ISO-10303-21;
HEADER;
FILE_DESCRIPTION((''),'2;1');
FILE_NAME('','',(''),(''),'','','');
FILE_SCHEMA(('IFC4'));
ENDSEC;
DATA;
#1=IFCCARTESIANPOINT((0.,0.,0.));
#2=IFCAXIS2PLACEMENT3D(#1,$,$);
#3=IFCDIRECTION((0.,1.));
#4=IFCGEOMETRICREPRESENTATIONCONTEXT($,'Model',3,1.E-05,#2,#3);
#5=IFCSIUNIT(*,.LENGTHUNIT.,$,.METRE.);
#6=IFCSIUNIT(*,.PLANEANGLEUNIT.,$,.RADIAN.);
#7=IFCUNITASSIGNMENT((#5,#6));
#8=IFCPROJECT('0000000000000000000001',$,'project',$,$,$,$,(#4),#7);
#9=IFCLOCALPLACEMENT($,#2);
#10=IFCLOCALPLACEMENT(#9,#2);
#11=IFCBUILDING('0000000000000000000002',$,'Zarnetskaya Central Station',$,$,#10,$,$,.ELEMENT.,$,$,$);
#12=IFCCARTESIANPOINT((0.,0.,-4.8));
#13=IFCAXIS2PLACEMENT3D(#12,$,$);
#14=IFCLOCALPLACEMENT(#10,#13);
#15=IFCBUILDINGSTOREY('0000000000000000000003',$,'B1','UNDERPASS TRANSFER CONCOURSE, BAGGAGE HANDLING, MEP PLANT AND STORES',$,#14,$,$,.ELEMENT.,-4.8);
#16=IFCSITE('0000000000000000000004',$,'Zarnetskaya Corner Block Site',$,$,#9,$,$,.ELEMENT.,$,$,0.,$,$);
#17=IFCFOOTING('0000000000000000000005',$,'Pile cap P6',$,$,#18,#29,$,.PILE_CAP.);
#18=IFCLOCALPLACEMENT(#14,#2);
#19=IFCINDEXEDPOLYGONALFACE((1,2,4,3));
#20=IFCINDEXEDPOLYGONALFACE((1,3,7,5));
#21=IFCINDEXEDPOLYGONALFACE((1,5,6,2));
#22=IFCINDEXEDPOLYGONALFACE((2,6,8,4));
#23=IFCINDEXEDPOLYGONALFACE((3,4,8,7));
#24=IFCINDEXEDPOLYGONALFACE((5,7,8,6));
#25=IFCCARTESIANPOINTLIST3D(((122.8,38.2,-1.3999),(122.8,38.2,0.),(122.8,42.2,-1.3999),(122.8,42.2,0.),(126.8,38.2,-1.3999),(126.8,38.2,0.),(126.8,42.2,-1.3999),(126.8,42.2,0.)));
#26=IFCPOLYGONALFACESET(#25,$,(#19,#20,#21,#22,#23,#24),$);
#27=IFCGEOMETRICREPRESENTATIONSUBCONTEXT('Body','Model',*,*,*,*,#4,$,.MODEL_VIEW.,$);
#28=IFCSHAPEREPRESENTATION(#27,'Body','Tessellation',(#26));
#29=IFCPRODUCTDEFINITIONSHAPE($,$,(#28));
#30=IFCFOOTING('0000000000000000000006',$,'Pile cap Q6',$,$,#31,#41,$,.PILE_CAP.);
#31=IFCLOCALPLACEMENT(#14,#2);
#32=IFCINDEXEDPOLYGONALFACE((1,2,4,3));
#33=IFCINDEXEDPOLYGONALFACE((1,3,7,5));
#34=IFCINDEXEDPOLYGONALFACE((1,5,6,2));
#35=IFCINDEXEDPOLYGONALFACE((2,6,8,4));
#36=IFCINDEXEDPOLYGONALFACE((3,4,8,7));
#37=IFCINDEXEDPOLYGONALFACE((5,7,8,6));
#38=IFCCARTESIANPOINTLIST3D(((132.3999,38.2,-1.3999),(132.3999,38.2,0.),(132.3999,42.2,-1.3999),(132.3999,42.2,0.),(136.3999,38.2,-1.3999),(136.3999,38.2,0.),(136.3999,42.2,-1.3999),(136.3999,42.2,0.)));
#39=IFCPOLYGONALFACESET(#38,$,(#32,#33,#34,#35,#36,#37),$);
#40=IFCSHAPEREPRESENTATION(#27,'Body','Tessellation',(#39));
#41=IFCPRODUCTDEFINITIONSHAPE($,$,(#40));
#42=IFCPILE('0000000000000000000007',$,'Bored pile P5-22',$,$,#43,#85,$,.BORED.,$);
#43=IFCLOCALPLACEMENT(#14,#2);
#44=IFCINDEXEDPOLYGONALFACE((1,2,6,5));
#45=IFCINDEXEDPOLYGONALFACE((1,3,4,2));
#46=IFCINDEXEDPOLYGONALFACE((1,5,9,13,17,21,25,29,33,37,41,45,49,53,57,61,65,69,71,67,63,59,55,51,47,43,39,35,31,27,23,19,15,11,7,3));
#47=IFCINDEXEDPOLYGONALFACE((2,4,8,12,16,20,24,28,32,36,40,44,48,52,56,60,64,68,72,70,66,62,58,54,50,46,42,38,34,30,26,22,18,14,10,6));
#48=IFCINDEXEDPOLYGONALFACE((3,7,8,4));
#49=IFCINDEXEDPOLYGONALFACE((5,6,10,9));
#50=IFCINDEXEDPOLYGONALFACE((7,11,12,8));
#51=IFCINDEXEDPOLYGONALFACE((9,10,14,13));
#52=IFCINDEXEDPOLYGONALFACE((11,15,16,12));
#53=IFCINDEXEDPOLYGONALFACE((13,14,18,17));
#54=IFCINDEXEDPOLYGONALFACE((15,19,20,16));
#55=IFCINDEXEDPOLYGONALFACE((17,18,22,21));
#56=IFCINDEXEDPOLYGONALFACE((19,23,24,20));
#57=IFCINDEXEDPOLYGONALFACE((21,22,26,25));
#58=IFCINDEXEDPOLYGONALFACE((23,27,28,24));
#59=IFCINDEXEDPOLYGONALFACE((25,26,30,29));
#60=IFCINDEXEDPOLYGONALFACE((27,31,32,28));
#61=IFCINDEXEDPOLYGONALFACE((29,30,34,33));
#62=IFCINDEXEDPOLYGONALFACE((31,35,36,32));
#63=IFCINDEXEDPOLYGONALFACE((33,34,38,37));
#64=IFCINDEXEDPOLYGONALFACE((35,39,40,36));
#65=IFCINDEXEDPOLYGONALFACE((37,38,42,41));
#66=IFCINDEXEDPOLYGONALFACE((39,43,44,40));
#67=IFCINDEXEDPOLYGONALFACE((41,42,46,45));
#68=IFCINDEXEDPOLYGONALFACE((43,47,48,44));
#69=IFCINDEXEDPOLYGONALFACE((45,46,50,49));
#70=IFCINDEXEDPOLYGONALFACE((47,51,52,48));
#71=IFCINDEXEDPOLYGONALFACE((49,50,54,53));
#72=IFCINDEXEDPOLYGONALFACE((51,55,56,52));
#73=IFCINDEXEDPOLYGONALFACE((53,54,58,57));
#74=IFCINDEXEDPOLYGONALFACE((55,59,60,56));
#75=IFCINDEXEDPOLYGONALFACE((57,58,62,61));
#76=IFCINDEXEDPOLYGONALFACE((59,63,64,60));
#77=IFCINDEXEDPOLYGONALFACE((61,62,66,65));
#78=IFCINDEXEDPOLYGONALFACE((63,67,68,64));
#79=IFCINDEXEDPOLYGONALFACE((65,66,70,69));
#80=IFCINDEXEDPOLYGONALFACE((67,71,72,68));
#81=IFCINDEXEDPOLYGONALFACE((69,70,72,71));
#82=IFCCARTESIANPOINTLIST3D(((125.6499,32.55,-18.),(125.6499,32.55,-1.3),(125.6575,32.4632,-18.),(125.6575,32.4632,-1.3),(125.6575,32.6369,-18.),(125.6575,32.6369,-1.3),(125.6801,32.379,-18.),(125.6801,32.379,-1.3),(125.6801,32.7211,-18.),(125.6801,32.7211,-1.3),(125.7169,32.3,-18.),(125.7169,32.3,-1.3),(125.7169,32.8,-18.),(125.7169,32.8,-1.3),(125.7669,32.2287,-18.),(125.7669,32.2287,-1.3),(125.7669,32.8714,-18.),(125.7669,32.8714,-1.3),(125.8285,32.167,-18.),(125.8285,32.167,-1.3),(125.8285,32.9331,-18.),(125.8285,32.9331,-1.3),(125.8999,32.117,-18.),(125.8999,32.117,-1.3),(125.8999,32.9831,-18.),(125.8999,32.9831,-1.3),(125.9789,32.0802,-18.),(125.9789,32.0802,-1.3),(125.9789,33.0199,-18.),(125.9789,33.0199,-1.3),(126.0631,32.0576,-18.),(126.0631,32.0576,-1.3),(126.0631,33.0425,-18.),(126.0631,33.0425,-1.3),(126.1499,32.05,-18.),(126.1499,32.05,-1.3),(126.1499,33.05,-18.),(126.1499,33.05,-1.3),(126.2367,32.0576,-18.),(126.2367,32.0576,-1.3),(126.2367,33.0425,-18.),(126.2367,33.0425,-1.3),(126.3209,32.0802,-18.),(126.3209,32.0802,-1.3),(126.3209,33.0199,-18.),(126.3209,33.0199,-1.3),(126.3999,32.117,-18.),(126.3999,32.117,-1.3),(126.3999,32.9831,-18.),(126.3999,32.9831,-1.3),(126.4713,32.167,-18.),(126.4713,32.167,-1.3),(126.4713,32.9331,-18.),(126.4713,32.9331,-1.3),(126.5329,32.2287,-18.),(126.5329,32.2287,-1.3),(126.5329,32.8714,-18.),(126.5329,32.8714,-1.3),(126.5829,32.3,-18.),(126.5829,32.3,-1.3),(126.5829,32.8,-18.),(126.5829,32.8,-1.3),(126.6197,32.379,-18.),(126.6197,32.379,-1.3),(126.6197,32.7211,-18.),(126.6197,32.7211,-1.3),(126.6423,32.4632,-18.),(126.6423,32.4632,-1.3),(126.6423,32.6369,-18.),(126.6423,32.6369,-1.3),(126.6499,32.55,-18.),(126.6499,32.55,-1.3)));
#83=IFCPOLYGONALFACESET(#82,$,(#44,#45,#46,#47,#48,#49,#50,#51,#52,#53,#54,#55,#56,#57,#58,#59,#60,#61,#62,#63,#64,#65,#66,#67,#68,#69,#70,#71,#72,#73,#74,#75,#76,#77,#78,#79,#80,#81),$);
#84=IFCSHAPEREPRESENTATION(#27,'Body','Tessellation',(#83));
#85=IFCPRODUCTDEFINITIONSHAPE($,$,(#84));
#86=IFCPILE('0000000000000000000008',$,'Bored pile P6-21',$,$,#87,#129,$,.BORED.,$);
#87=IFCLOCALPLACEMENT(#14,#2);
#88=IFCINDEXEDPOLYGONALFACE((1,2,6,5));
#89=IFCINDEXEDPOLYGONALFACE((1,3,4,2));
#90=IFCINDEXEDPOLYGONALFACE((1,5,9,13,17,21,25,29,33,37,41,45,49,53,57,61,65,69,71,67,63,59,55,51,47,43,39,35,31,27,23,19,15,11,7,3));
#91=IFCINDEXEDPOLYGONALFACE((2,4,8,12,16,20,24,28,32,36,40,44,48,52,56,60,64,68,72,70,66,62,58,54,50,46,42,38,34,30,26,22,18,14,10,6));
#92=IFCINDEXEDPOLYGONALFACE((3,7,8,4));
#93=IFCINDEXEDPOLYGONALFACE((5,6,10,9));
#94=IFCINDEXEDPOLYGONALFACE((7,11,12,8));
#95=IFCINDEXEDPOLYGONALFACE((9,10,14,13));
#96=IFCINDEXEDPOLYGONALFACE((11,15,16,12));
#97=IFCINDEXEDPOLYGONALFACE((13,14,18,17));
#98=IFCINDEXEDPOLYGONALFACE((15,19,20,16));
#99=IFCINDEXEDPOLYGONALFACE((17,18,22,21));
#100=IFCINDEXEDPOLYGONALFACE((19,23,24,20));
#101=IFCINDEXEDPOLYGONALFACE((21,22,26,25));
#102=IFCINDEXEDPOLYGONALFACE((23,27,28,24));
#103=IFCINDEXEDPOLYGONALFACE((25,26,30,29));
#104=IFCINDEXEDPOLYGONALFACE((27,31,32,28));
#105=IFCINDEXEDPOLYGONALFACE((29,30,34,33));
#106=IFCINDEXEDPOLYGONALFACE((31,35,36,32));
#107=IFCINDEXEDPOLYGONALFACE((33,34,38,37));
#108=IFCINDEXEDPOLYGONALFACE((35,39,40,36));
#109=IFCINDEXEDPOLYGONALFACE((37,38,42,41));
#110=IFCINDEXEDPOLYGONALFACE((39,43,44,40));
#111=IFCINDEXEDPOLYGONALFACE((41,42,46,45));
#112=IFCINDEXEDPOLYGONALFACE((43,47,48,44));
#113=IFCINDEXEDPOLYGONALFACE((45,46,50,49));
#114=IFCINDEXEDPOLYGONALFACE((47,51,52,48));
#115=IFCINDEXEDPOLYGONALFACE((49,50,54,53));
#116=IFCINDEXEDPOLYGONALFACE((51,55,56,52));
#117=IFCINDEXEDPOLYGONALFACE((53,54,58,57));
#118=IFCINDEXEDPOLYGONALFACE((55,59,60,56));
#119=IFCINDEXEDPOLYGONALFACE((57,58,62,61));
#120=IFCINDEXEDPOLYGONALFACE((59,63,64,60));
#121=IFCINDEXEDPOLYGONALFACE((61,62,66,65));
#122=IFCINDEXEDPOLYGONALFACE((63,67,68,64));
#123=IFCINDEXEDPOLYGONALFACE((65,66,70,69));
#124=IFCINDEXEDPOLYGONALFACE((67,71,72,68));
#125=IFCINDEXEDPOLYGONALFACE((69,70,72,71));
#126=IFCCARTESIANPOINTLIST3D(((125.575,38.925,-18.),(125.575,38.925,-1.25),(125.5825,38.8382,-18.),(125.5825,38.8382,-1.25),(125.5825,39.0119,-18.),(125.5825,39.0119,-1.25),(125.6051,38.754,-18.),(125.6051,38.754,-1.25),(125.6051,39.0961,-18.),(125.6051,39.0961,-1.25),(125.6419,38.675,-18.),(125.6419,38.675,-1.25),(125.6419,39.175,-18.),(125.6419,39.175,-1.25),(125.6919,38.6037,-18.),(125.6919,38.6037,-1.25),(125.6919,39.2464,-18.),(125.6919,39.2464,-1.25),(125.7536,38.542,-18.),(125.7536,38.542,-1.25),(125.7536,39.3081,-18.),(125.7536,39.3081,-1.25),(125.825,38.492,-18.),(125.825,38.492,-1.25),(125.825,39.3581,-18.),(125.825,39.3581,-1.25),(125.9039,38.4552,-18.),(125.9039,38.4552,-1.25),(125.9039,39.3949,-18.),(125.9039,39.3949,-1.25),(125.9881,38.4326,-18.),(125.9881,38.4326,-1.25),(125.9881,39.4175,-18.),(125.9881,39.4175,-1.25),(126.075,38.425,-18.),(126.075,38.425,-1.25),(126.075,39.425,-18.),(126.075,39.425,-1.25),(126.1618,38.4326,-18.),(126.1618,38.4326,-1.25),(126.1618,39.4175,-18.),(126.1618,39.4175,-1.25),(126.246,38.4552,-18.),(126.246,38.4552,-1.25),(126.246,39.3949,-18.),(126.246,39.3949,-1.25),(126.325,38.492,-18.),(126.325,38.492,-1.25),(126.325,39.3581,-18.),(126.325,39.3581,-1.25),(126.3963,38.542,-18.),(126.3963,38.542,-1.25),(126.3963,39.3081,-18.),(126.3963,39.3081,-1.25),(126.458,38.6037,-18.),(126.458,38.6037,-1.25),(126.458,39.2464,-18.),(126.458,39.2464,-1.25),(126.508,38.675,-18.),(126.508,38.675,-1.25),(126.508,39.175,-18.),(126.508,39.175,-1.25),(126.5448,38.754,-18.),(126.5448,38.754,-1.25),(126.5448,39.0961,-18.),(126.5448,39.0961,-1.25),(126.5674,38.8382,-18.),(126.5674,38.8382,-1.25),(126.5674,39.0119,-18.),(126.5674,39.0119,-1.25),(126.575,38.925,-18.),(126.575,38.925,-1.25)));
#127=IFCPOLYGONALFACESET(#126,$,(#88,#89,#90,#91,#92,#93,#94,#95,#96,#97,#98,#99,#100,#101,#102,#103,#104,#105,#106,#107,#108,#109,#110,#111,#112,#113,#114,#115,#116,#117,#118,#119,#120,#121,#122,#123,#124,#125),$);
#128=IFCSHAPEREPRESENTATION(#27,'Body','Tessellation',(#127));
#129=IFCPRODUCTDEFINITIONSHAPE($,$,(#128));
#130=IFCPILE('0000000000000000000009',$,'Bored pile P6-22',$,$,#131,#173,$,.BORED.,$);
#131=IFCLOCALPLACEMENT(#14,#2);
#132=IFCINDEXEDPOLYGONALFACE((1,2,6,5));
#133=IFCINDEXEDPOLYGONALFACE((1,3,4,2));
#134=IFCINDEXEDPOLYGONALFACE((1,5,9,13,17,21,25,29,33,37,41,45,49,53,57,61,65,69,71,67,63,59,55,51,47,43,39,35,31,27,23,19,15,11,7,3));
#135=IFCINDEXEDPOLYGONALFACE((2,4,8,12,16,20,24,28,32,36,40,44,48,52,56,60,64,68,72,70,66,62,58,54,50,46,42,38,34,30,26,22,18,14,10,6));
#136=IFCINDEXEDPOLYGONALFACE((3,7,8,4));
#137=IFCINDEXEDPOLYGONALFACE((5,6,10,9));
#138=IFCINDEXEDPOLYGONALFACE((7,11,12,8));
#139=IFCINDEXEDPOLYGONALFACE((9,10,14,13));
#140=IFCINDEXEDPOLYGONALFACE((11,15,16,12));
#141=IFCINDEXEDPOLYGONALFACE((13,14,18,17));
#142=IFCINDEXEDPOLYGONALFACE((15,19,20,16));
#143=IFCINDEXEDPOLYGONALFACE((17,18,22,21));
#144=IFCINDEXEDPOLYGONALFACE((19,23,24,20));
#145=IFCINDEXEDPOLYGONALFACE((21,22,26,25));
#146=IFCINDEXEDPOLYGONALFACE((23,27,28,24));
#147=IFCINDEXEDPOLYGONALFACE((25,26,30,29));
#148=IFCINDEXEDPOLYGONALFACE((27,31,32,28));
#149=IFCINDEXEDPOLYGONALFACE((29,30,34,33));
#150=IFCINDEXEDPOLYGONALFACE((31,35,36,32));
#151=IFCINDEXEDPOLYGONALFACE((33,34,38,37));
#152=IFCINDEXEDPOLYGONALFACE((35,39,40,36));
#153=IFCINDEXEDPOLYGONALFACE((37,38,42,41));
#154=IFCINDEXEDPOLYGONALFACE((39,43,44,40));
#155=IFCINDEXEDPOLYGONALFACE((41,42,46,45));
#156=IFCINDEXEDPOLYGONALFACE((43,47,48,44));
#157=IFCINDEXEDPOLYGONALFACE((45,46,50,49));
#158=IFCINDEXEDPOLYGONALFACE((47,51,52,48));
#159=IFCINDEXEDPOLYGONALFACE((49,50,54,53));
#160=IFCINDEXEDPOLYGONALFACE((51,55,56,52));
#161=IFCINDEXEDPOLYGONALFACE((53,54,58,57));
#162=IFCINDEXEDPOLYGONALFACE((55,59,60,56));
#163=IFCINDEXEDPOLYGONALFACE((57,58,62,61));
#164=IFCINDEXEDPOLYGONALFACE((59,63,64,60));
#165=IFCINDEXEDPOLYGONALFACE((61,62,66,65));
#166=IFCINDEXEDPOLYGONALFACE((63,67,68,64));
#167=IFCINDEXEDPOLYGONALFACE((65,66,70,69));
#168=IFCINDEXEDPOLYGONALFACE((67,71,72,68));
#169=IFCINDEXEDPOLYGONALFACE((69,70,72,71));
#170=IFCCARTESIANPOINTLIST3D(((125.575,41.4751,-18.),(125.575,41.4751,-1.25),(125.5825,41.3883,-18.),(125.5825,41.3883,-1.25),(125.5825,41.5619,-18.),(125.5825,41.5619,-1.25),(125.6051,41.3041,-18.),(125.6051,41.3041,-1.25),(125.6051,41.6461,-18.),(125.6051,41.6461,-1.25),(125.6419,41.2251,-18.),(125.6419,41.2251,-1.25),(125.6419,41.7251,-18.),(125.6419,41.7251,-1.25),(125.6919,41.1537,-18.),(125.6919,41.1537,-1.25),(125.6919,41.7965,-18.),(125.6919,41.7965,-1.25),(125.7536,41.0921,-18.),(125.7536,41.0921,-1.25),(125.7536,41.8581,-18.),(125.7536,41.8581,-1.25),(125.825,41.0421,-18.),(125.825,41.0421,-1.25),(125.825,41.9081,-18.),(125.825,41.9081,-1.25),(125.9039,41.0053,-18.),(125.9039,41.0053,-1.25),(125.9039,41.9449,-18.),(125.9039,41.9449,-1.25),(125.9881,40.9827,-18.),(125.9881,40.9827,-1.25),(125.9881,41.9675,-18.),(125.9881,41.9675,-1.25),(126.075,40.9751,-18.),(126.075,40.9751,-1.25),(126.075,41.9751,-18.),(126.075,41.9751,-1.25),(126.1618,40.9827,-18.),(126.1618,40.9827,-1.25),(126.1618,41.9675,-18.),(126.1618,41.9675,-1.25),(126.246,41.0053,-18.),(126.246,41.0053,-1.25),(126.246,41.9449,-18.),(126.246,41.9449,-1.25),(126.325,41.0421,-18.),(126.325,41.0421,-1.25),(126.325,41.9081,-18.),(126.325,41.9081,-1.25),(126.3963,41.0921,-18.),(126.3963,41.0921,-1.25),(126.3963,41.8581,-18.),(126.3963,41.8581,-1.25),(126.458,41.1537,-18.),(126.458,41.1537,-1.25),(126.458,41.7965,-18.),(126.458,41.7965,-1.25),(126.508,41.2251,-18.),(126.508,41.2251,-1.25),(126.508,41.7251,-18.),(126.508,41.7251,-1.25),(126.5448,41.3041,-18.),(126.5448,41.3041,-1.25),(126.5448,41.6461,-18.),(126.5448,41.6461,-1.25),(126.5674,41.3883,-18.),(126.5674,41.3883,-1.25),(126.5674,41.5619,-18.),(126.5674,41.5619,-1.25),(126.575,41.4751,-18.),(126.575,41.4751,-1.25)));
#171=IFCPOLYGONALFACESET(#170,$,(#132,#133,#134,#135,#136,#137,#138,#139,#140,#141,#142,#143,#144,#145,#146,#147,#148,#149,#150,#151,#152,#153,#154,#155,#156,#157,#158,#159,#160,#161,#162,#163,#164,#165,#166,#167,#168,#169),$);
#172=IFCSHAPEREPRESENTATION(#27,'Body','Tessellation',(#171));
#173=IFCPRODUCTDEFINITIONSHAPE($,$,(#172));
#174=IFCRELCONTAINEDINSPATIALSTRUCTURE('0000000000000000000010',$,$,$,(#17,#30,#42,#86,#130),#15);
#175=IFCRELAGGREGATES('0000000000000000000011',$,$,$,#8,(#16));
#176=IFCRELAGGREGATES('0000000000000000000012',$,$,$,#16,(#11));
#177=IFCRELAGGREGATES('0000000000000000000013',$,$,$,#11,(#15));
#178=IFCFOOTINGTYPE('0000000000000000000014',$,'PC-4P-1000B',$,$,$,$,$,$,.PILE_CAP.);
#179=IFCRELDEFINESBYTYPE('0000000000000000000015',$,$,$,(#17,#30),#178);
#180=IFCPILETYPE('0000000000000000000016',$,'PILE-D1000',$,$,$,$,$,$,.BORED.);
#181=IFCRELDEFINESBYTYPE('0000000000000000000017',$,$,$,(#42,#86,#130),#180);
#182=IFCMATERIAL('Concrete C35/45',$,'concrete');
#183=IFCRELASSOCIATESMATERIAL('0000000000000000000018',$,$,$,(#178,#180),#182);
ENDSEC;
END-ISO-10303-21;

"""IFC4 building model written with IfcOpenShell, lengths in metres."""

from ifc_helpers import new_model, si_unit, direction, frame, origin, origin_2d, place, context, subcontext, project, spatial, rectangle, circle, extrude, material, material_profile, profile_set, type_object, element, save


model = new_model("IFC4")

# Units and contexts
model_context = context("Model", 3, precision=1e-05, world=origin(), true_north=direction((0.0, 1.0)))
body_context = subcontext(model_context, "Body", "Model", "MODEL_VIEW")
ifc_project = project(units=[si_unit("LENGTHUNIT", "METRE"), si_unit("PLANEANGLEUNIT", "RADIAN")], contexts=[model_context])

# Site, building, storey
site_placement = place(None, origin())
site = spatial("IfcSite", under=ifc_project, at=site_placement, Name="Zarnetskaya Corner Block Site", CompositionType="ELEMENT", RefElevation=0.0)
building_placement = place(site_placement, origin())
building = spatial("IfcBuilding", under=site, at=building_placement, Name="Zarnetskaya Central Station", CompositionType="ELEMENT")
storey_placement = place(building_placement, frame((0.0, 0.0, -4.8)))
storey = spatial("IfcBuildingStorey", under=building, at=storey_placement, Name="B1", Description="UNDERPASS TRANSFER CONCOURSE, BAGGAGE HANDLING, MEP PLANT AND STORES", CompositionType="ELEMENT", Elevation=-4.8)

# Footings
ifc_material = material(Name="Concrete C35/45", Category="concrete")
footing_type = type_object("IfcFootingType", Name="PC-4P-1000B", PredefinedType="PILE_CAP", material=ifc_material)
for number, where, z_axis, x_axis, name in (
    (1, (124.8, 40.2, -1.3999), (0.0, 0.0, 1.0), (1.0, 0.0, 0.0), "Pile cap P6"),
    (2, (134.3999, 40.2, -1.3999), (0.0, 0.0, 1.0), (1.0, 0.0, 0.0), "Pile cap Q6"),
):
    element("IfcFooting", number, at=place(storey_placement, frame(where, z_axis=z_axis, x_axis=x_axis)), inside=storey, type_object=footing_type, Name=name, PredefinedType="PILE_CAP", context=body_context, shape_type="SweptSolid", body=[
        extrude(rectangle(XDim=4.0, YDim=4.0, at=origin_2d()), origin(), (0.0, 0.0, 1.0), 1.3999),
    ])

# Piles
ifc_material_profile_1 = material_profile(ifc_material, circle(Radius=0.5, at=origin_2d()), Name="BORED PILE D1000")
ifc_profile_set_1 = profile_set([ifc_material_profile_1], Name="Concrete C35/45")
pile_type = type_object("IfcPileType", Name="PILE-D1000", PredefinedType="BORED", material=ifc_profile_set_1)
pile_1_placement = place(storey_placement, frame((126.1499, 32.55, -1.3), z_axis=(0.0, 0.0, -1.0), x_axis=(1.0, 0.0, 0.0)))
element("IfcPile", 3, at=pile_1_placement, inside=storey, type_object=pile_type, Name="Bored pile P5-22", PredefinedType="BORED", context=body_context, shape_type="SweptSolid", body=[
    extrude(circle(Radius=0.5, at=origin_2d()), origin(), (0.0, 0.0, 1.0), 16.7),
])
for number, where, z_axis, x_axis, name in (
    (4, (126.075, 38.925, -1.25), (0.0, 0.0, -1.0), (1.0, 0.0, 0.0), "Bored pile P6-21"),
    (5, (126.075, 41.4751, -1.25), (0.0, 0.0, -1.0), (1.0, 0.0, 0.0), "Bored pile P6-22"),
):
    element("IfcPile", number, at=place(storey_placement, frame(where, z_axis=z_axis, x_axis=x_axis)), inside=storey, type_object=pile_type, Name=name, PredefinedType="BORED", context=body_context, shape_type="SweptSolid", body=[
        extrude(circle(Radius=0.5, at=origin_2d()), origin(), (0.0, 0.0, 1.0), 16.75),
    ])

save(model, "model.ifc")
